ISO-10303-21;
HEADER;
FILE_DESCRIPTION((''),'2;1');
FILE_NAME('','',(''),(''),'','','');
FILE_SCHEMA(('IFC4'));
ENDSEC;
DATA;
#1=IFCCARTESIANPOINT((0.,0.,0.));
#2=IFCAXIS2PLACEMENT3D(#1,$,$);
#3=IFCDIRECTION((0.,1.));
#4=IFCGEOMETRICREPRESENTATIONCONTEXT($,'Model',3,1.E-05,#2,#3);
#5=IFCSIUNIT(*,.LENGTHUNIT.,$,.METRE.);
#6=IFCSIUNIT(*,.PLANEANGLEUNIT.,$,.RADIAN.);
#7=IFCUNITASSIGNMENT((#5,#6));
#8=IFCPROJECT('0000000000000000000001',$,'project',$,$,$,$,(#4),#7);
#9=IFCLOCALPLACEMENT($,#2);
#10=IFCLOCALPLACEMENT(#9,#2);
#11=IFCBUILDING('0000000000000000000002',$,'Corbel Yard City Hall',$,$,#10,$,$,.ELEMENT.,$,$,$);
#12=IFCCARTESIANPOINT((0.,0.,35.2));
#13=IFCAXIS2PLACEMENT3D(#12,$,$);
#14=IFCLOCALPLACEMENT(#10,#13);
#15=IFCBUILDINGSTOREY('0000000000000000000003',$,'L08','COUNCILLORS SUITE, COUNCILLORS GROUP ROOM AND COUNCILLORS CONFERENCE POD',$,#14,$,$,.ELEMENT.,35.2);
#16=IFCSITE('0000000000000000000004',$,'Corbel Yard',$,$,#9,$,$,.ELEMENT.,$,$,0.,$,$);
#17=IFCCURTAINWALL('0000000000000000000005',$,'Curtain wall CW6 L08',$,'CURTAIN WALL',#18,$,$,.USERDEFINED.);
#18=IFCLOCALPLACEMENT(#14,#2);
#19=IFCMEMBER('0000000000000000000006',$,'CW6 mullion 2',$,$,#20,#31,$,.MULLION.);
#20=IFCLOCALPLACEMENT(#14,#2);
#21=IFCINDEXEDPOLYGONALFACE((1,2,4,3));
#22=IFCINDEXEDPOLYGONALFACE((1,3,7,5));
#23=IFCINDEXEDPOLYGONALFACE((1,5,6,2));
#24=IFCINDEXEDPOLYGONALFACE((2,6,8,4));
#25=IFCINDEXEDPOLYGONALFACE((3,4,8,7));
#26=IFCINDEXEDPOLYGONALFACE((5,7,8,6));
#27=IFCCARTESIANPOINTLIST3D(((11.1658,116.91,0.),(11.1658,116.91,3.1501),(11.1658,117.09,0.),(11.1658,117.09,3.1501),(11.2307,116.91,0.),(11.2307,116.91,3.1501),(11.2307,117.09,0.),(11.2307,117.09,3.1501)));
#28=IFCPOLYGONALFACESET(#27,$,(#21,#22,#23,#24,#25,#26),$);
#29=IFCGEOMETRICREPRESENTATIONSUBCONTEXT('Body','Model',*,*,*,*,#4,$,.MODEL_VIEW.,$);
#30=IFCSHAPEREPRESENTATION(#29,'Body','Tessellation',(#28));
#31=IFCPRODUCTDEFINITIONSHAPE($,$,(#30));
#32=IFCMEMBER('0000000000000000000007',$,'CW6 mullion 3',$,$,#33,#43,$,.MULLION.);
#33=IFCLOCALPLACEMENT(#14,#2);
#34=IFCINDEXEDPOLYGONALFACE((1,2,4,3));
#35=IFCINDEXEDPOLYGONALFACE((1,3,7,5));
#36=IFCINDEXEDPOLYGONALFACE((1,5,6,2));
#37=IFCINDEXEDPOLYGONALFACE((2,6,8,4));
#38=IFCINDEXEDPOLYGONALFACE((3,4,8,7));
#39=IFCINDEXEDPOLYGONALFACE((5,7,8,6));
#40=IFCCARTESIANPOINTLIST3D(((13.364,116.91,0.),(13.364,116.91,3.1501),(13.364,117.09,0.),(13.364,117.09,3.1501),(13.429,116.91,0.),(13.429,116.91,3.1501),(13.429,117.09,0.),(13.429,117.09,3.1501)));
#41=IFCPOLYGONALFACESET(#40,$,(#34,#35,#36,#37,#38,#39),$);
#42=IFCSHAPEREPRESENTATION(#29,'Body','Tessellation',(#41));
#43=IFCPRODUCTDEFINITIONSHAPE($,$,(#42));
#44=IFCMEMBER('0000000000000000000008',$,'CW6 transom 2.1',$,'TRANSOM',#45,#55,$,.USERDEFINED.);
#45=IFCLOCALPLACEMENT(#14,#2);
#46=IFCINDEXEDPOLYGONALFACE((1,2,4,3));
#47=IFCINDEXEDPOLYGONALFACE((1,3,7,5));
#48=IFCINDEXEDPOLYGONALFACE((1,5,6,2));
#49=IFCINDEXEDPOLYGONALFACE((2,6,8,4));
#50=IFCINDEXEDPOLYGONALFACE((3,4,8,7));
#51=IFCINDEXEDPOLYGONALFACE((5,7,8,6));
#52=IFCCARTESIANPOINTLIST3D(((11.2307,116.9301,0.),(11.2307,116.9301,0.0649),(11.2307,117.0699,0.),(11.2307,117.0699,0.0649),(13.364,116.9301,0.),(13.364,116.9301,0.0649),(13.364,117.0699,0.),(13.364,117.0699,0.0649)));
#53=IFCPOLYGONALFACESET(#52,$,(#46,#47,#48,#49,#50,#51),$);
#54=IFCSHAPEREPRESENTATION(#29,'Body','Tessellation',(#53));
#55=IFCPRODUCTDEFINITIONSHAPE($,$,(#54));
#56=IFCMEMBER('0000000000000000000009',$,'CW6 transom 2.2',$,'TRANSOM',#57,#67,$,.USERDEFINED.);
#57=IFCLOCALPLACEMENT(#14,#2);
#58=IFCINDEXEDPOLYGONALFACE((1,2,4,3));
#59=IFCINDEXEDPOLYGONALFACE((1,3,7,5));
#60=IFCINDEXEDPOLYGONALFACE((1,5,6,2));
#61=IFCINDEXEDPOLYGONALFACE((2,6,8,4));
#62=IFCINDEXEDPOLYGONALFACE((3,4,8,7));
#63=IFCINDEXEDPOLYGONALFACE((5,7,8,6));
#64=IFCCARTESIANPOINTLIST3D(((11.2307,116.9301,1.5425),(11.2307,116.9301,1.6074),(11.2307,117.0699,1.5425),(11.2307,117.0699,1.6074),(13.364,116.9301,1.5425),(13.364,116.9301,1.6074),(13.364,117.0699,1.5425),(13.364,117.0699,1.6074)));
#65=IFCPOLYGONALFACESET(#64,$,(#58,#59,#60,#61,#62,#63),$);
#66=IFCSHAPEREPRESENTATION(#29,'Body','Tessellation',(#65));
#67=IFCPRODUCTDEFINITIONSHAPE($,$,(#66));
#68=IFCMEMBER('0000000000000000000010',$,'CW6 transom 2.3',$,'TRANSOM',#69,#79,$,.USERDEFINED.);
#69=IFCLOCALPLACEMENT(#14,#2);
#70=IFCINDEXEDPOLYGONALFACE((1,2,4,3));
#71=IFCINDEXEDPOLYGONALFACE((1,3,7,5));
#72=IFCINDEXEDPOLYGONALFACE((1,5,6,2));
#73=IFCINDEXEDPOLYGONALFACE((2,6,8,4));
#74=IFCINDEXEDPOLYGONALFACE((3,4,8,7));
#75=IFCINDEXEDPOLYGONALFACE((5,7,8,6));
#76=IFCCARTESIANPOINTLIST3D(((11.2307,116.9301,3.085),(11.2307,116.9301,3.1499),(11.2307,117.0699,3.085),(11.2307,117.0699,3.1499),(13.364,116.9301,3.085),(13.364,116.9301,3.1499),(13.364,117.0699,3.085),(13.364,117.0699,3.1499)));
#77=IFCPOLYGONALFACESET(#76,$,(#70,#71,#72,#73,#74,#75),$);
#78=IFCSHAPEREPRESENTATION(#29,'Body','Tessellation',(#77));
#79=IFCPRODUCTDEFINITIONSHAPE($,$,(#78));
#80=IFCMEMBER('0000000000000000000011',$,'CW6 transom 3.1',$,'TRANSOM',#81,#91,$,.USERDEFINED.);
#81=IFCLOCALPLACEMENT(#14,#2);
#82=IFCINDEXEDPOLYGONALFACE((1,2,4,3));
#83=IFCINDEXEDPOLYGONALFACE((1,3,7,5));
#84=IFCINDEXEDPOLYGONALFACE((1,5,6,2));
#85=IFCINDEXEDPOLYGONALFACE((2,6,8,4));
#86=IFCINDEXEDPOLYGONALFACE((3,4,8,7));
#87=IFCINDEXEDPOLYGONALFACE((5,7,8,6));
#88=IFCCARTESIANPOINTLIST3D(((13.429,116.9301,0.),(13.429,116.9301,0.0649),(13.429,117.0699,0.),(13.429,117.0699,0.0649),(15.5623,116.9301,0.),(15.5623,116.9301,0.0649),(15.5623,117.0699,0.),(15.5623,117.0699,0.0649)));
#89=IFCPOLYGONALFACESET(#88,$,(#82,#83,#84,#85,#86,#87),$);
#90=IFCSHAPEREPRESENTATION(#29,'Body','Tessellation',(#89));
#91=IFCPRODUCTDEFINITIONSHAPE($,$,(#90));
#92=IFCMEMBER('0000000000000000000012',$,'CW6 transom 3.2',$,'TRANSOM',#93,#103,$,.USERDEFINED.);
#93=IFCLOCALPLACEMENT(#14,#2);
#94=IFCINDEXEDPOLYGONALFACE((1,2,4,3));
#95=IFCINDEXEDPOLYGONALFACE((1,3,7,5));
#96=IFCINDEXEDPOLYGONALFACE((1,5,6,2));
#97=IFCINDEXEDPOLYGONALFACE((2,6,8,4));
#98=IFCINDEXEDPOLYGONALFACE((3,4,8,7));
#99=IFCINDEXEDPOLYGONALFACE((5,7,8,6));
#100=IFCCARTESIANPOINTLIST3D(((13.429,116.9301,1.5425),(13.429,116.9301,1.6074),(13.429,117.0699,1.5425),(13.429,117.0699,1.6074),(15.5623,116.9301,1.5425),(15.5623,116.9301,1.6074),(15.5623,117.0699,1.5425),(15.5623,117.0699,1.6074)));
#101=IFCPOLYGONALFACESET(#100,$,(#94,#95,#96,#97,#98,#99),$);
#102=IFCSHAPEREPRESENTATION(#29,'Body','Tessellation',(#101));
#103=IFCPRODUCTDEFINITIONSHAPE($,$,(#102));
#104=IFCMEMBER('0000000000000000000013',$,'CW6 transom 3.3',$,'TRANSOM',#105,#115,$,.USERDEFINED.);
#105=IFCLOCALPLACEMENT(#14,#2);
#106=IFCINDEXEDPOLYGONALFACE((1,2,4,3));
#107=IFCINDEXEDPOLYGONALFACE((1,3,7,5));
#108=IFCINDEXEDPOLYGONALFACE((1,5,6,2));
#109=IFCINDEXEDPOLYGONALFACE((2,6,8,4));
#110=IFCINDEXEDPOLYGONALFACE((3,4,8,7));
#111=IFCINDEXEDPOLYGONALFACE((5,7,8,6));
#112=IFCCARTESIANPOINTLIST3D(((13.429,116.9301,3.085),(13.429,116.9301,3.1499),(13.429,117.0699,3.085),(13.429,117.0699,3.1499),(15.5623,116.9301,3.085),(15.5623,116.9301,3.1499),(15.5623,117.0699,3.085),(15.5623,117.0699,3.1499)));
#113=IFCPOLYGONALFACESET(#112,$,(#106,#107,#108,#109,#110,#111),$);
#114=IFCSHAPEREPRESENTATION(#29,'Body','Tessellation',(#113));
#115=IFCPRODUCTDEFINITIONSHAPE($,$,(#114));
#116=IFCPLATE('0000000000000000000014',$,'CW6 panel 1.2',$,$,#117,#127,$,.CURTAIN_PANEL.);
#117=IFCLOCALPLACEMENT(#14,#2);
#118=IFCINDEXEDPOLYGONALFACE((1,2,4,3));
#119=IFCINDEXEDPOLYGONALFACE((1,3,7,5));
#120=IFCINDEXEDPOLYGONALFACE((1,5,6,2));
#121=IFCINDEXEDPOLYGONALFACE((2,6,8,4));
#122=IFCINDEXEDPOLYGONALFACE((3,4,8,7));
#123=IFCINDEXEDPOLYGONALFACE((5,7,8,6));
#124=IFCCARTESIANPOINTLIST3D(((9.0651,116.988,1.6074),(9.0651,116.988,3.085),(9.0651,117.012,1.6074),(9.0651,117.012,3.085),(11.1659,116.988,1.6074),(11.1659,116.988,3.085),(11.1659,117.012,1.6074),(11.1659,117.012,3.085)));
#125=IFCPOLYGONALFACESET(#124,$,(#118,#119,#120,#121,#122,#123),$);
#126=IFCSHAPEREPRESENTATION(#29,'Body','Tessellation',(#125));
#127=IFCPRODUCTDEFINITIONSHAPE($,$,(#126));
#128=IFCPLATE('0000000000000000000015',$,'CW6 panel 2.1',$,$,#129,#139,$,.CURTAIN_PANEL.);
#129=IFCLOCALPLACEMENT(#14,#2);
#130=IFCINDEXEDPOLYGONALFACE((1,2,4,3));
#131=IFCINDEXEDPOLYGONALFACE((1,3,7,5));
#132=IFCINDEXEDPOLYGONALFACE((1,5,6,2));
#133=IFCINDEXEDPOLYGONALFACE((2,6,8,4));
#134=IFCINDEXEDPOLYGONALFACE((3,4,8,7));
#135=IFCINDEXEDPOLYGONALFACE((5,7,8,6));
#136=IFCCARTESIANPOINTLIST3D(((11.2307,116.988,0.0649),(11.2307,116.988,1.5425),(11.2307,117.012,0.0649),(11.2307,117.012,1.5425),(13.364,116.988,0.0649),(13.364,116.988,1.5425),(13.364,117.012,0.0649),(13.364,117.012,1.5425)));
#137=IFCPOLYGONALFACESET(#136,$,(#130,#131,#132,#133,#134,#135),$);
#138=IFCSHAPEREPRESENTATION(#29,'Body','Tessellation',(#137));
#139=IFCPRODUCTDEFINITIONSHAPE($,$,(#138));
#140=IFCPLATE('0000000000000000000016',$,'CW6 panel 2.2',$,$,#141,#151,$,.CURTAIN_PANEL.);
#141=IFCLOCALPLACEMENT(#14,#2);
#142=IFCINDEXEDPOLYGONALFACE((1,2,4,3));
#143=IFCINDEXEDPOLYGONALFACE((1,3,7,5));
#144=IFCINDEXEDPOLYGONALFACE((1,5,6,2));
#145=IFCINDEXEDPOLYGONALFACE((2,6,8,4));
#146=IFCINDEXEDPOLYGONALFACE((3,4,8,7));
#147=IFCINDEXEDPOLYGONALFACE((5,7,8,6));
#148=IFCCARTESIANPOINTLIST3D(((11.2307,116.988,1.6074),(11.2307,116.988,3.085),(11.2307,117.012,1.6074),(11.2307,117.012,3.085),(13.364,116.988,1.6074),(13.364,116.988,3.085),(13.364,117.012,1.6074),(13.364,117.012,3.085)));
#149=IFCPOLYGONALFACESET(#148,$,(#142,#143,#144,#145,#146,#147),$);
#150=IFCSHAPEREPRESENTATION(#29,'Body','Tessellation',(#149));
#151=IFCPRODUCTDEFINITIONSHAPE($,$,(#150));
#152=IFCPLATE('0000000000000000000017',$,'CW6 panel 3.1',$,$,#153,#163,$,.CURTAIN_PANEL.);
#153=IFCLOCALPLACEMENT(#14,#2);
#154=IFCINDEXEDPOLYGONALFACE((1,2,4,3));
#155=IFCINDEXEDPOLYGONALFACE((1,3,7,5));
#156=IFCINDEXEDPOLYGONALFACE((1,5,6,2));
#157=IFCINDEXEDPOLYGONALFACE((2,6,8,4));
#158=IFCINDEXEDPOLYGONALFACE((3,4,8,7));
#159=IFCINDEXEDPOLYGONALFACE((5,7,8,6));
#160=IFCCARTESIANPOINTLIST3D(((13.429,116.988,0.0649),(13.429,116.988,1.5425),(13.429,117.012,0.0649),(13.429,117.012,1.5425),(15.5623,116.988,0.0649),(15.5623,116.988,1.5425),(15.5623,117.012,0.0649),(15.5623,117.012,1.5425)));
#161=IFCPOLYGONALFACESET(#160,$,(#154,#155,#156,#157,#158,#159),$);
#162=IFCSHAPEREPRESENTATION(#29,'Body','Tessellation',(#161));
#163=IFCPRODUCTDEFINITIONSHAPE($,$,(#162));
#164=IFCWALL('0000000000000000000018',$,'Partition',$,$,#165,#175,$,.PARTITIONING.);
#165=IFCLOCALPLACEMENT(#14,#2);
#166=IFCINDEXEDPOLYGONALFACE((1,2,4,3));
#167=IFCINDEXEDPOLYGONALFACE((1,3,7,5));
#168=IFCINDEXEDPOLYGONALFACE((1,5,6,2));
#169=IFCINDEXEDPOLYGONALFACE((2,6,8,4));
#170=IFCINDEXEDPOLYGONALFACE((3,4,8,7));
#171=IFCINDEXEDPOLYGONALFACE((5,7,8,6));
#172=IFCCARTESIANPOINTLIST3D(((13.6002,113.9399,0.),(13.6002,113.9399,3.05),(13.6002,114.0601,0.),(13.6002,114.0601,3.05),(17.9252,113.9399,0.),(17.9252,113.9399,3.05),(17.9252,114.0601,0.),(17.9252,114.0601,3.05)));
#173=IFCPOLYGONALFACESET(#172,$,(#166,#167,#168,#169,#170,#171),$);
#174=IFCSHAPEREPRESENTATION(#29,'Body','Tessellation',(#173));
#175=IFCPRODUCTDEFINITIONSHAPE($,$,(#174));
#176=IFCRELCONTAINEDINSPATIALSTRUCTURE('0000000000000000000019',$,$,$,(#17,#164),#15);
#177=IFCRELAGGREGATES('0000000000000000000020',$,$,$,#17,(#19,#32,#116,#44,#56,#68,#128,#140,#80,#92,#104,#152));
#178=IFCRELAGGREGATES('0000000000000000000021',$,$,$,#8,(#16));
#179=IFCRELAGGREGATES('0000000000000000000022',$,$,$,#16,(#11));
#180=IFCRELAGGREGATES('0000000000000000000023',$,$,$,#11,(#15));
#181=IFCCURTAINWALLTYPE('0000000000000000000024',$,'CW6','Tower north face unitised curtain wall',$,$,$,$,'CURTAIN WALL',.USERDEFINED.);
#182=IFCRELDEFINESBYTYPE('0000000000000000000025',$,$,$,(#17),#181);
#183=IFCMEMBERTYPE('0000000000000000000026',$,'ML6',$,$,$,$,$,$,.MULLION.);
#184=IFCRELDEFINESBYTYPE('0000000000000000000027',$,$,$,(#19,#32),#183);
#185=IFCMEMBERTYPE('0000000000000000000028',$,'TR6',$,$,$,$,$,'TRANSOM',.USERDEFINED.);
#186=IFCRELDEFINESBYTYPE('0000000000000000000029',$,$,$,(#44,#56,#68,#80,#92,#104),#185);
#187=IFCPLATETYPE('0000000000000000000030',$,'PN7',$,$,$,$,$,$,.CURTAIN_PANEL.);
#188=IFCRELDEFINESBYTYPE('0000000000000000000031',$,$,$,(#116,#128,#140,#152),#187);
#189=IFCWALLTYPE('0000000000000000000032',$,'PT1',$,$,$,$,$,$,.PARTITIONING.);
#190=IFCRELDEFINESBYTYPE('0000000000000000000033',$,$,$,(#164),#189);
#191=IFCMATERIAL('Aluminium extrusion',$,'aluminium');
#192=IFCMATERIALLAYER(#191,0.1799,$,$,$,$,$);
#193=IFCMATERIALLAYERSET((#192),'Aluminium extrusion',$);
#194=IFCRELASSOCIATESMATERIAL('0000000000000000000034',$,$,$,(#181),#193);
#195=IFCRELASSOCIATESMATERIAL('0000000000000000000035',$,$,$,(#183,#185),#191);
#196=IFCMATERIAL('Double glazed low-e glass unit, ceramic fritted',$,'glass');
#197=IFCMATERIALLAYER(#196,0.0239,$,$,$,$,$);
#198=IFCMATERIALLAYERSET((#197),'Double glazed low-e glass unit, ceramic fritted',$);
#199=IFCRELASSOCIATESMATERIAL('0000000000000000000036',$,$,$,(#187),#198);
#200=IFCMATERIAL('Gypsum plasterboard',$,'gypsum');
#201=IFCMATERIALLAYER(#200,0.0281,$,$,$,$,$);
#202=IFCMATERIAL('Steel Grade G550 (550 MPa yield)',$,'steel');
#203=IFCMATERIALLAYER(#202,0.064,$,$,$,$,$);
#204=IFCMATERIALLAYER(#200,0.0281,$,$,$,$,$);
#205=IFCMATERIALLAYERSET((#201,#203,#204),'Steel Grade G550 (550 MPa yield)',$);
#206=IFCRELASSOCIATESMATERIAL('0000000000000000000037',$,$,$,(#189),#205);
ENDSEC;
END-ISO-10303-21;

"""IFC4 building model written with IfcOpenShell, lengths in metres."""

from ifc_helpers import new_model, si_unit, direction, frame, frame_2d, origin, origin_2d, place, context, subcontext, project, spatial, rectangle, extrude, material, layer, layer_set, material_profile, profile_set, type_object, element, aggregate, save


model = new_model("IFC4")

# Units and contexts
model_context = context("Model", 3, precision=1e-05, world=origin(), true_north=direction((0.0, 1.0)))
body_context = subcontext(model_context, "Body", "Model", "MODEL_VIEW")
ifc_project = project(units=[si_unit("LENGTHUNIT", "METRE"), si_unit("PLANEANGLEUNIT", "RADIAN")], contexts=[model_context])

# Site, building, storey
site_placement = place(None, origin())
site = spatial("IfcSite", under=ifc_project, at=site_placement, Name="Corbel Yard", CompositionType="ELEMENT", RefElevation=0.0)
building_placement = place(site_placement, origin())
building = spatial("IfcBuilding", under=site, at=building_placement, Name="Corbel Yard City Hall", CompositionType="ELEMENT")
storey_placement = place(building_placement, frame((0.0, 0.0, 35.2)))
storey = spatial("IfcBuildingStorey", under=building, at=storey_placement, Name="L08", Description="COUNCILLORS SUITE, COUNCILLORS GROUP ROOM AND COUNCILLORS CONFERENCE POD", CompositionType="ELEMENT", Elevation=35.2)

# Curtain wall, members, plates
ifc_material_1 = material(Name="Aluminium extrusion", Category="aluminium")
ifc_layer_1 = layer(ifc_material_1, 0.1799)
ifc_layer_set_1 = layer_set([ifc_layer_1], Name="Aluminium extrusion")
curtain_wall_type = type_object("IfcCurtainWallType", Name="CW6", Description="Tower north face unitised curtain wall", ElementType="CURTAIN WALL", PredefinedType="USERDEFINED", material=ifc_layer_set_1)
curtain_wall_placement = place(storey_placement, origin())
curtain_wall = element("IfcCurtainWall", 1, at=curtain_wall_placement, inside=storey, type_object=curtain_wall_type, Name="Curtain wall CW6 L08", ObjectType="CURTAIN WALL", PredefinedType="USERDEFINED")
ifc_material_profile_1 = material_profile(ifc_material_1, rectangle(XDim=0.1799, YDim=0.0649, at=origin_2d()), Name="180x65")
ifc_profile_set_1 = profile_set([ifc_material_profile_1], Name="Aluminium extrusion")
member_type_1 = type_object("IfcMemberType", Name="ML6", PredefinedType="MULLION", material=ifc_profile_set_1)
member_1_placement = place(storey_placement, frame((11.1982, 117.0, 0.0), z_axis=(0.0, 0.0, 1.0), x_axis=(0.0, 1.0, 0.0)))
member_1 = element("IfcMember", 2, at=member_1_placement, type_object=member_type_1, Name="CW6 mullion 2", PredefinedType="MULLION", context=body_context, shape_type="SweptSolid", body=[
    extrude(rectangle(XDim=0.1799, YDim=0.0649, at=origin_2d()), origin(), (0.0, 0.0, 1.0), 3.1501),
])
member_2_placement = place(storey_placement, frame((13.3965, 117.0, 0.0), z_axis=(0.0, 0.0, 1.0), x_axis=(0.0, 1.0, 0.0)))
member_2 = element("IfcMember", 3, at=member_2_placement, type_object=member_type_1, Name="CW6 mullion 3", PredefinedType="MULLION", context=body_context, shape_type="SweptSolid", body=[
    extrude(rectangle(XDim=0.1799, YDim=0.0649, at=origin_2d()), origin(), (0.0, 0.0, 1.0), 3.1501),
])
ifc_material_profile_2 = material_profile(ifc_material_1, rectangle(XDim=0.1399, YDim=0.0649, at=origin_2d()), Name="140x65")
ifc_profile_set_2 = profile_set([ifc_material_profile_2], Name="Aluminium extrusion")
member_type_2 = type_object("IfcMemberType", Name="TR6", ElementType="TRANSOM", PredefinedType="USERDEFINED", material=ifc_profile_set_2)
member_3_placement = place(storey_placement, frame((11.2307, 117.0, 0.0325), z_axis=(1.0, 0.0, 0.0), x_axis=(0.0, 1.0, 0.0)))
member_3 = element("IfcMember", 4, at=member_3_placement, type_object=member_type_2, Name="CW6 transom 2.1", ObjectType="TRANSOM", PredefinedType="USERDEFINED", context=body_context, shape_type="SweptSolid", body=[
    extrude(rectangle(XDim=0.1399, YDim=0.0649, at=origin_2d()), origin(), (0.0, 0.0, 1.0), 2.1333),
])
member_4_placement = place(storey_placement, frame((11.2307, 117.0, 1.575), z_axis=(1.0, 0.0, 0.0), x_axis=(0.0, 1.0, 0.0)))
member_4 = element("IfcMember", 5, at=member_4_placement, type_object=member_type_2, Name="CW6 transom 2.2", ObjectType="TRANSOM", PredefinedType="USERDEFINED", context=body_context, shape_type="SweptSolid", body=[
    extrude(rectangle(XDim=0.1399, YDim=0.0649, at=origin_2d()), origin(), (0.0, 0.0, 1.0), 2.1333),
])
member_5_placement = place(storey_placement, frame((11.2307, 117.0, 3.1174), z_axis=(1.0, 0.0, 0.0), x_axis=(0.0, 1.0, 0.0)))
member_5 = element("IfcMember", 6, at=member_5_placement, type_object=member_type_2, Name="CW6 transom 2.3", ObjectType="TRANSOM", PredefinedType="USERDEFINED", context=body_context, shape_type="SweptSolid", body=[
    extrude(rectangle(XDim=0.1399, YDim=0.0649, at=origin_2d()), origin(), (0.0, 0.0, 1.0), 2.1333),
])
member_6_placement = place(storey_placement, frame((13.429, 117.0, 0.0325), z_axis=(1.0, 0.0, 0.0), x_axis=(0.0, 1.0, 0.0)))
member_6 = element("IfcMember", 7, at=member_6_placement, type_object=member_type_2, Name="CW6 transom 3.1", ObjectType="TRANSOM", PredefinedType="USERDEFINED", context=body_context, shape_type="SweptSolid", body=[
    extrude(rectangle(XDim=0.1399, YDim=0.0649, at=origin_2d()), origin(), (0.0, 0.0, 1.0), 2.1333),
])
member_7_placement = place(storey_placement, frame((13.429, 117.0, 1.575), z_axis=(1.0, 0.0, 0.0), x_axis=(0.0, 1.0, 0.0)))
member_7 = element("IfcMember", 8, at=member_7_placement, type_object=member_type_2, Name="CW6 transom 3.2", ObjectType="TRANSOM", PredefinedType="USERDEFINED", context=body_context, shape_type="SweptSolid", body=[
    extrude(rectangle(XDim=0.1399, YDim=0.0649, at=origin_2d()), origin(), (0.0, 0.0, 1.0), 2.1333),
])
member_8_placement = place(storey_placement, frame((13.429, 117.0, 3.1174), z_axis=(1.0, 0.0, 0.0), x_axis=(0.0, 1.0, 0.0)))
member_8 = element("IfcMember", 9, at=member_8_placement, type_object=member_type_2, Name="CW6 transom 3.3", ObjectType="TRANSOM", PredefinedType="USERDEFINED", context=body_context, shape_type="SweptSolid", body=[
    extrude(rectangle(XDim=0.1399, YDim=0.0649, at=origin_2d()), origin(), (0.0, 0.0, 1.0), 2.1333),
])
ifc_material_2 = material(Name="Double glazed low-e glass unit, ceramic fritted", Category="glass")
ifc_layer_2 = layer(ifc_material_2, 0.0239)
ifc_layer_set_2 = layer_set([ifc_layer_2], Name="Double glazed low-e glass unit, ceramic fritted")
plate_type = type_object("IfcPlateType", Name="PN7", PredefinedType="CURTAIN_PANEL", material=ifc_layer_set_2)
plate_1_placement = place(storey_placement, frame((10.1155, 117.0, 1.6074), z_axis=(0.0, 0.0, 1.0), x_axis=(1.0, 0.0, 0.0)))
plate_1 = element("IfcPlate", 10, at=plate_1_placement, type_object=plate_type, Name="CW6 panel 1.2", PredefinedType="CURTAIN_PANEL", context=body_context, shape_type="SweptSolid", body=[
    extrude(rectangle(XDim=2.1008, YDim=0.0239, at=origin_2d()), origin(), (0.0, 0.0, 1.0), 1.4775),
])
plate_2_placement = place(storey_placement, frame((12.2974, 117.0, 0.0649), z_axis=(0.0, 0.0, 1.0), x_axis=(1.0, 0.0, 0.0)))
plate_2 = element("IfcPlate", 11, at=plate_2_placement, type_object=plate_type, Name="CW6 panel 2.1", PredefinedType="CURTAIN_PANEL", context=body_context, shape_type="SweptSolid", body=[
    extrude(rectangle(XDim=2.1333, YDim=0.0239, at=origin_2d()), origin(), (0.0, 0.0, 1.0), 1.4775),
])
plate_3_placement = place(storey_placement, frame((12.2974, 117.0, 1.6074), z_axis=(0.0, 0.0, 1.0), x_axis=(1.0, 0.0, 0.0)))
plate_3 = element("IfcPlate", 12, at=plate_3_placement, type_object=plate_type, Name="CW6 panel 2.2", PredefinedType="CURTAIN_PANEL", context=body_context, shape_type="SweptSolid", body=[
    extrude(rectangle(XDim=2.1333, YDim=0.0239, at=origin_2d()), origin(), (0.0, 0.0, 1.0), 1.4775),
])
plate_4_placement = place(storey_placement, frame((14.4956, 117.0, 0.0649), z_axis=(0.0, 0.0, 1.0), x_axis=(1.0, 0.0, 0.0)))
plate_4 = element("IfcPlate", 13, at=plate_4_placement, type_object=plate_type, Name="CW6 panel 3.1", PredefinedType="CURTAIN_PANEL", context=body_context, shape_type="SweptSolid", body=[
    extrude(rectangle(XDim=2.1333, YDim=0.0239, at=origin_2d()), origin(), (0.0, 0.0, 1.0), 1.4775),
])
aggregate(curtain_wall, [member_1, member_2, plate_1, member_3, member_4, member_5, plate_2, plate_3, member_6, member_7, member_8, plate_4])

# Wall
ifc_material_3 = material(Name="Gypsum plasterboard", Category="gypsum")
ifc_layer_3 = layer(ifc_material_3, 0.0281)
ifc_material_4 = material(Name="Steel Grade G550 (550 MPa yield)", Category="steel")
ifc_layer_4 = layer(ifc_material_4, 0.064)
ifc_layer_5 = layer(ifc_material_3, 0.0281)
ifc_layer_set_3 = layer_set([ifc_layer_3, ifc_layer_4, ifc_layer_5], Name="Steel Grade G550 (550 MPa yield)")
wall_type_1 = type_object("IfcWallType", Name="PT1", PredefinedType="PARTITIONING", material=ifc_layer_set_3)
wall_1_placement = place(storey_placement, frame((13.6001, 114.0, 0.0), z_axis=(0.0, 0.0, 1.0), x_axis=(1.0, 0.0, 0.0)))
element("IfcWall", 14, at=wall_1_placement, inside=storey, type_object=wall_type_1, Name="Partition", PredefinedType="PARTITIONING", context=body_context, shape_type="SweptSolid", body=[
    extrude(rectangle(XDim=4.325, YDim=0.1201, at=frame_2d((2.1626, 0.0))), origin(), (0.0, 0.0, 1.0), 3.05),
])

save(model, "model.ifc")
